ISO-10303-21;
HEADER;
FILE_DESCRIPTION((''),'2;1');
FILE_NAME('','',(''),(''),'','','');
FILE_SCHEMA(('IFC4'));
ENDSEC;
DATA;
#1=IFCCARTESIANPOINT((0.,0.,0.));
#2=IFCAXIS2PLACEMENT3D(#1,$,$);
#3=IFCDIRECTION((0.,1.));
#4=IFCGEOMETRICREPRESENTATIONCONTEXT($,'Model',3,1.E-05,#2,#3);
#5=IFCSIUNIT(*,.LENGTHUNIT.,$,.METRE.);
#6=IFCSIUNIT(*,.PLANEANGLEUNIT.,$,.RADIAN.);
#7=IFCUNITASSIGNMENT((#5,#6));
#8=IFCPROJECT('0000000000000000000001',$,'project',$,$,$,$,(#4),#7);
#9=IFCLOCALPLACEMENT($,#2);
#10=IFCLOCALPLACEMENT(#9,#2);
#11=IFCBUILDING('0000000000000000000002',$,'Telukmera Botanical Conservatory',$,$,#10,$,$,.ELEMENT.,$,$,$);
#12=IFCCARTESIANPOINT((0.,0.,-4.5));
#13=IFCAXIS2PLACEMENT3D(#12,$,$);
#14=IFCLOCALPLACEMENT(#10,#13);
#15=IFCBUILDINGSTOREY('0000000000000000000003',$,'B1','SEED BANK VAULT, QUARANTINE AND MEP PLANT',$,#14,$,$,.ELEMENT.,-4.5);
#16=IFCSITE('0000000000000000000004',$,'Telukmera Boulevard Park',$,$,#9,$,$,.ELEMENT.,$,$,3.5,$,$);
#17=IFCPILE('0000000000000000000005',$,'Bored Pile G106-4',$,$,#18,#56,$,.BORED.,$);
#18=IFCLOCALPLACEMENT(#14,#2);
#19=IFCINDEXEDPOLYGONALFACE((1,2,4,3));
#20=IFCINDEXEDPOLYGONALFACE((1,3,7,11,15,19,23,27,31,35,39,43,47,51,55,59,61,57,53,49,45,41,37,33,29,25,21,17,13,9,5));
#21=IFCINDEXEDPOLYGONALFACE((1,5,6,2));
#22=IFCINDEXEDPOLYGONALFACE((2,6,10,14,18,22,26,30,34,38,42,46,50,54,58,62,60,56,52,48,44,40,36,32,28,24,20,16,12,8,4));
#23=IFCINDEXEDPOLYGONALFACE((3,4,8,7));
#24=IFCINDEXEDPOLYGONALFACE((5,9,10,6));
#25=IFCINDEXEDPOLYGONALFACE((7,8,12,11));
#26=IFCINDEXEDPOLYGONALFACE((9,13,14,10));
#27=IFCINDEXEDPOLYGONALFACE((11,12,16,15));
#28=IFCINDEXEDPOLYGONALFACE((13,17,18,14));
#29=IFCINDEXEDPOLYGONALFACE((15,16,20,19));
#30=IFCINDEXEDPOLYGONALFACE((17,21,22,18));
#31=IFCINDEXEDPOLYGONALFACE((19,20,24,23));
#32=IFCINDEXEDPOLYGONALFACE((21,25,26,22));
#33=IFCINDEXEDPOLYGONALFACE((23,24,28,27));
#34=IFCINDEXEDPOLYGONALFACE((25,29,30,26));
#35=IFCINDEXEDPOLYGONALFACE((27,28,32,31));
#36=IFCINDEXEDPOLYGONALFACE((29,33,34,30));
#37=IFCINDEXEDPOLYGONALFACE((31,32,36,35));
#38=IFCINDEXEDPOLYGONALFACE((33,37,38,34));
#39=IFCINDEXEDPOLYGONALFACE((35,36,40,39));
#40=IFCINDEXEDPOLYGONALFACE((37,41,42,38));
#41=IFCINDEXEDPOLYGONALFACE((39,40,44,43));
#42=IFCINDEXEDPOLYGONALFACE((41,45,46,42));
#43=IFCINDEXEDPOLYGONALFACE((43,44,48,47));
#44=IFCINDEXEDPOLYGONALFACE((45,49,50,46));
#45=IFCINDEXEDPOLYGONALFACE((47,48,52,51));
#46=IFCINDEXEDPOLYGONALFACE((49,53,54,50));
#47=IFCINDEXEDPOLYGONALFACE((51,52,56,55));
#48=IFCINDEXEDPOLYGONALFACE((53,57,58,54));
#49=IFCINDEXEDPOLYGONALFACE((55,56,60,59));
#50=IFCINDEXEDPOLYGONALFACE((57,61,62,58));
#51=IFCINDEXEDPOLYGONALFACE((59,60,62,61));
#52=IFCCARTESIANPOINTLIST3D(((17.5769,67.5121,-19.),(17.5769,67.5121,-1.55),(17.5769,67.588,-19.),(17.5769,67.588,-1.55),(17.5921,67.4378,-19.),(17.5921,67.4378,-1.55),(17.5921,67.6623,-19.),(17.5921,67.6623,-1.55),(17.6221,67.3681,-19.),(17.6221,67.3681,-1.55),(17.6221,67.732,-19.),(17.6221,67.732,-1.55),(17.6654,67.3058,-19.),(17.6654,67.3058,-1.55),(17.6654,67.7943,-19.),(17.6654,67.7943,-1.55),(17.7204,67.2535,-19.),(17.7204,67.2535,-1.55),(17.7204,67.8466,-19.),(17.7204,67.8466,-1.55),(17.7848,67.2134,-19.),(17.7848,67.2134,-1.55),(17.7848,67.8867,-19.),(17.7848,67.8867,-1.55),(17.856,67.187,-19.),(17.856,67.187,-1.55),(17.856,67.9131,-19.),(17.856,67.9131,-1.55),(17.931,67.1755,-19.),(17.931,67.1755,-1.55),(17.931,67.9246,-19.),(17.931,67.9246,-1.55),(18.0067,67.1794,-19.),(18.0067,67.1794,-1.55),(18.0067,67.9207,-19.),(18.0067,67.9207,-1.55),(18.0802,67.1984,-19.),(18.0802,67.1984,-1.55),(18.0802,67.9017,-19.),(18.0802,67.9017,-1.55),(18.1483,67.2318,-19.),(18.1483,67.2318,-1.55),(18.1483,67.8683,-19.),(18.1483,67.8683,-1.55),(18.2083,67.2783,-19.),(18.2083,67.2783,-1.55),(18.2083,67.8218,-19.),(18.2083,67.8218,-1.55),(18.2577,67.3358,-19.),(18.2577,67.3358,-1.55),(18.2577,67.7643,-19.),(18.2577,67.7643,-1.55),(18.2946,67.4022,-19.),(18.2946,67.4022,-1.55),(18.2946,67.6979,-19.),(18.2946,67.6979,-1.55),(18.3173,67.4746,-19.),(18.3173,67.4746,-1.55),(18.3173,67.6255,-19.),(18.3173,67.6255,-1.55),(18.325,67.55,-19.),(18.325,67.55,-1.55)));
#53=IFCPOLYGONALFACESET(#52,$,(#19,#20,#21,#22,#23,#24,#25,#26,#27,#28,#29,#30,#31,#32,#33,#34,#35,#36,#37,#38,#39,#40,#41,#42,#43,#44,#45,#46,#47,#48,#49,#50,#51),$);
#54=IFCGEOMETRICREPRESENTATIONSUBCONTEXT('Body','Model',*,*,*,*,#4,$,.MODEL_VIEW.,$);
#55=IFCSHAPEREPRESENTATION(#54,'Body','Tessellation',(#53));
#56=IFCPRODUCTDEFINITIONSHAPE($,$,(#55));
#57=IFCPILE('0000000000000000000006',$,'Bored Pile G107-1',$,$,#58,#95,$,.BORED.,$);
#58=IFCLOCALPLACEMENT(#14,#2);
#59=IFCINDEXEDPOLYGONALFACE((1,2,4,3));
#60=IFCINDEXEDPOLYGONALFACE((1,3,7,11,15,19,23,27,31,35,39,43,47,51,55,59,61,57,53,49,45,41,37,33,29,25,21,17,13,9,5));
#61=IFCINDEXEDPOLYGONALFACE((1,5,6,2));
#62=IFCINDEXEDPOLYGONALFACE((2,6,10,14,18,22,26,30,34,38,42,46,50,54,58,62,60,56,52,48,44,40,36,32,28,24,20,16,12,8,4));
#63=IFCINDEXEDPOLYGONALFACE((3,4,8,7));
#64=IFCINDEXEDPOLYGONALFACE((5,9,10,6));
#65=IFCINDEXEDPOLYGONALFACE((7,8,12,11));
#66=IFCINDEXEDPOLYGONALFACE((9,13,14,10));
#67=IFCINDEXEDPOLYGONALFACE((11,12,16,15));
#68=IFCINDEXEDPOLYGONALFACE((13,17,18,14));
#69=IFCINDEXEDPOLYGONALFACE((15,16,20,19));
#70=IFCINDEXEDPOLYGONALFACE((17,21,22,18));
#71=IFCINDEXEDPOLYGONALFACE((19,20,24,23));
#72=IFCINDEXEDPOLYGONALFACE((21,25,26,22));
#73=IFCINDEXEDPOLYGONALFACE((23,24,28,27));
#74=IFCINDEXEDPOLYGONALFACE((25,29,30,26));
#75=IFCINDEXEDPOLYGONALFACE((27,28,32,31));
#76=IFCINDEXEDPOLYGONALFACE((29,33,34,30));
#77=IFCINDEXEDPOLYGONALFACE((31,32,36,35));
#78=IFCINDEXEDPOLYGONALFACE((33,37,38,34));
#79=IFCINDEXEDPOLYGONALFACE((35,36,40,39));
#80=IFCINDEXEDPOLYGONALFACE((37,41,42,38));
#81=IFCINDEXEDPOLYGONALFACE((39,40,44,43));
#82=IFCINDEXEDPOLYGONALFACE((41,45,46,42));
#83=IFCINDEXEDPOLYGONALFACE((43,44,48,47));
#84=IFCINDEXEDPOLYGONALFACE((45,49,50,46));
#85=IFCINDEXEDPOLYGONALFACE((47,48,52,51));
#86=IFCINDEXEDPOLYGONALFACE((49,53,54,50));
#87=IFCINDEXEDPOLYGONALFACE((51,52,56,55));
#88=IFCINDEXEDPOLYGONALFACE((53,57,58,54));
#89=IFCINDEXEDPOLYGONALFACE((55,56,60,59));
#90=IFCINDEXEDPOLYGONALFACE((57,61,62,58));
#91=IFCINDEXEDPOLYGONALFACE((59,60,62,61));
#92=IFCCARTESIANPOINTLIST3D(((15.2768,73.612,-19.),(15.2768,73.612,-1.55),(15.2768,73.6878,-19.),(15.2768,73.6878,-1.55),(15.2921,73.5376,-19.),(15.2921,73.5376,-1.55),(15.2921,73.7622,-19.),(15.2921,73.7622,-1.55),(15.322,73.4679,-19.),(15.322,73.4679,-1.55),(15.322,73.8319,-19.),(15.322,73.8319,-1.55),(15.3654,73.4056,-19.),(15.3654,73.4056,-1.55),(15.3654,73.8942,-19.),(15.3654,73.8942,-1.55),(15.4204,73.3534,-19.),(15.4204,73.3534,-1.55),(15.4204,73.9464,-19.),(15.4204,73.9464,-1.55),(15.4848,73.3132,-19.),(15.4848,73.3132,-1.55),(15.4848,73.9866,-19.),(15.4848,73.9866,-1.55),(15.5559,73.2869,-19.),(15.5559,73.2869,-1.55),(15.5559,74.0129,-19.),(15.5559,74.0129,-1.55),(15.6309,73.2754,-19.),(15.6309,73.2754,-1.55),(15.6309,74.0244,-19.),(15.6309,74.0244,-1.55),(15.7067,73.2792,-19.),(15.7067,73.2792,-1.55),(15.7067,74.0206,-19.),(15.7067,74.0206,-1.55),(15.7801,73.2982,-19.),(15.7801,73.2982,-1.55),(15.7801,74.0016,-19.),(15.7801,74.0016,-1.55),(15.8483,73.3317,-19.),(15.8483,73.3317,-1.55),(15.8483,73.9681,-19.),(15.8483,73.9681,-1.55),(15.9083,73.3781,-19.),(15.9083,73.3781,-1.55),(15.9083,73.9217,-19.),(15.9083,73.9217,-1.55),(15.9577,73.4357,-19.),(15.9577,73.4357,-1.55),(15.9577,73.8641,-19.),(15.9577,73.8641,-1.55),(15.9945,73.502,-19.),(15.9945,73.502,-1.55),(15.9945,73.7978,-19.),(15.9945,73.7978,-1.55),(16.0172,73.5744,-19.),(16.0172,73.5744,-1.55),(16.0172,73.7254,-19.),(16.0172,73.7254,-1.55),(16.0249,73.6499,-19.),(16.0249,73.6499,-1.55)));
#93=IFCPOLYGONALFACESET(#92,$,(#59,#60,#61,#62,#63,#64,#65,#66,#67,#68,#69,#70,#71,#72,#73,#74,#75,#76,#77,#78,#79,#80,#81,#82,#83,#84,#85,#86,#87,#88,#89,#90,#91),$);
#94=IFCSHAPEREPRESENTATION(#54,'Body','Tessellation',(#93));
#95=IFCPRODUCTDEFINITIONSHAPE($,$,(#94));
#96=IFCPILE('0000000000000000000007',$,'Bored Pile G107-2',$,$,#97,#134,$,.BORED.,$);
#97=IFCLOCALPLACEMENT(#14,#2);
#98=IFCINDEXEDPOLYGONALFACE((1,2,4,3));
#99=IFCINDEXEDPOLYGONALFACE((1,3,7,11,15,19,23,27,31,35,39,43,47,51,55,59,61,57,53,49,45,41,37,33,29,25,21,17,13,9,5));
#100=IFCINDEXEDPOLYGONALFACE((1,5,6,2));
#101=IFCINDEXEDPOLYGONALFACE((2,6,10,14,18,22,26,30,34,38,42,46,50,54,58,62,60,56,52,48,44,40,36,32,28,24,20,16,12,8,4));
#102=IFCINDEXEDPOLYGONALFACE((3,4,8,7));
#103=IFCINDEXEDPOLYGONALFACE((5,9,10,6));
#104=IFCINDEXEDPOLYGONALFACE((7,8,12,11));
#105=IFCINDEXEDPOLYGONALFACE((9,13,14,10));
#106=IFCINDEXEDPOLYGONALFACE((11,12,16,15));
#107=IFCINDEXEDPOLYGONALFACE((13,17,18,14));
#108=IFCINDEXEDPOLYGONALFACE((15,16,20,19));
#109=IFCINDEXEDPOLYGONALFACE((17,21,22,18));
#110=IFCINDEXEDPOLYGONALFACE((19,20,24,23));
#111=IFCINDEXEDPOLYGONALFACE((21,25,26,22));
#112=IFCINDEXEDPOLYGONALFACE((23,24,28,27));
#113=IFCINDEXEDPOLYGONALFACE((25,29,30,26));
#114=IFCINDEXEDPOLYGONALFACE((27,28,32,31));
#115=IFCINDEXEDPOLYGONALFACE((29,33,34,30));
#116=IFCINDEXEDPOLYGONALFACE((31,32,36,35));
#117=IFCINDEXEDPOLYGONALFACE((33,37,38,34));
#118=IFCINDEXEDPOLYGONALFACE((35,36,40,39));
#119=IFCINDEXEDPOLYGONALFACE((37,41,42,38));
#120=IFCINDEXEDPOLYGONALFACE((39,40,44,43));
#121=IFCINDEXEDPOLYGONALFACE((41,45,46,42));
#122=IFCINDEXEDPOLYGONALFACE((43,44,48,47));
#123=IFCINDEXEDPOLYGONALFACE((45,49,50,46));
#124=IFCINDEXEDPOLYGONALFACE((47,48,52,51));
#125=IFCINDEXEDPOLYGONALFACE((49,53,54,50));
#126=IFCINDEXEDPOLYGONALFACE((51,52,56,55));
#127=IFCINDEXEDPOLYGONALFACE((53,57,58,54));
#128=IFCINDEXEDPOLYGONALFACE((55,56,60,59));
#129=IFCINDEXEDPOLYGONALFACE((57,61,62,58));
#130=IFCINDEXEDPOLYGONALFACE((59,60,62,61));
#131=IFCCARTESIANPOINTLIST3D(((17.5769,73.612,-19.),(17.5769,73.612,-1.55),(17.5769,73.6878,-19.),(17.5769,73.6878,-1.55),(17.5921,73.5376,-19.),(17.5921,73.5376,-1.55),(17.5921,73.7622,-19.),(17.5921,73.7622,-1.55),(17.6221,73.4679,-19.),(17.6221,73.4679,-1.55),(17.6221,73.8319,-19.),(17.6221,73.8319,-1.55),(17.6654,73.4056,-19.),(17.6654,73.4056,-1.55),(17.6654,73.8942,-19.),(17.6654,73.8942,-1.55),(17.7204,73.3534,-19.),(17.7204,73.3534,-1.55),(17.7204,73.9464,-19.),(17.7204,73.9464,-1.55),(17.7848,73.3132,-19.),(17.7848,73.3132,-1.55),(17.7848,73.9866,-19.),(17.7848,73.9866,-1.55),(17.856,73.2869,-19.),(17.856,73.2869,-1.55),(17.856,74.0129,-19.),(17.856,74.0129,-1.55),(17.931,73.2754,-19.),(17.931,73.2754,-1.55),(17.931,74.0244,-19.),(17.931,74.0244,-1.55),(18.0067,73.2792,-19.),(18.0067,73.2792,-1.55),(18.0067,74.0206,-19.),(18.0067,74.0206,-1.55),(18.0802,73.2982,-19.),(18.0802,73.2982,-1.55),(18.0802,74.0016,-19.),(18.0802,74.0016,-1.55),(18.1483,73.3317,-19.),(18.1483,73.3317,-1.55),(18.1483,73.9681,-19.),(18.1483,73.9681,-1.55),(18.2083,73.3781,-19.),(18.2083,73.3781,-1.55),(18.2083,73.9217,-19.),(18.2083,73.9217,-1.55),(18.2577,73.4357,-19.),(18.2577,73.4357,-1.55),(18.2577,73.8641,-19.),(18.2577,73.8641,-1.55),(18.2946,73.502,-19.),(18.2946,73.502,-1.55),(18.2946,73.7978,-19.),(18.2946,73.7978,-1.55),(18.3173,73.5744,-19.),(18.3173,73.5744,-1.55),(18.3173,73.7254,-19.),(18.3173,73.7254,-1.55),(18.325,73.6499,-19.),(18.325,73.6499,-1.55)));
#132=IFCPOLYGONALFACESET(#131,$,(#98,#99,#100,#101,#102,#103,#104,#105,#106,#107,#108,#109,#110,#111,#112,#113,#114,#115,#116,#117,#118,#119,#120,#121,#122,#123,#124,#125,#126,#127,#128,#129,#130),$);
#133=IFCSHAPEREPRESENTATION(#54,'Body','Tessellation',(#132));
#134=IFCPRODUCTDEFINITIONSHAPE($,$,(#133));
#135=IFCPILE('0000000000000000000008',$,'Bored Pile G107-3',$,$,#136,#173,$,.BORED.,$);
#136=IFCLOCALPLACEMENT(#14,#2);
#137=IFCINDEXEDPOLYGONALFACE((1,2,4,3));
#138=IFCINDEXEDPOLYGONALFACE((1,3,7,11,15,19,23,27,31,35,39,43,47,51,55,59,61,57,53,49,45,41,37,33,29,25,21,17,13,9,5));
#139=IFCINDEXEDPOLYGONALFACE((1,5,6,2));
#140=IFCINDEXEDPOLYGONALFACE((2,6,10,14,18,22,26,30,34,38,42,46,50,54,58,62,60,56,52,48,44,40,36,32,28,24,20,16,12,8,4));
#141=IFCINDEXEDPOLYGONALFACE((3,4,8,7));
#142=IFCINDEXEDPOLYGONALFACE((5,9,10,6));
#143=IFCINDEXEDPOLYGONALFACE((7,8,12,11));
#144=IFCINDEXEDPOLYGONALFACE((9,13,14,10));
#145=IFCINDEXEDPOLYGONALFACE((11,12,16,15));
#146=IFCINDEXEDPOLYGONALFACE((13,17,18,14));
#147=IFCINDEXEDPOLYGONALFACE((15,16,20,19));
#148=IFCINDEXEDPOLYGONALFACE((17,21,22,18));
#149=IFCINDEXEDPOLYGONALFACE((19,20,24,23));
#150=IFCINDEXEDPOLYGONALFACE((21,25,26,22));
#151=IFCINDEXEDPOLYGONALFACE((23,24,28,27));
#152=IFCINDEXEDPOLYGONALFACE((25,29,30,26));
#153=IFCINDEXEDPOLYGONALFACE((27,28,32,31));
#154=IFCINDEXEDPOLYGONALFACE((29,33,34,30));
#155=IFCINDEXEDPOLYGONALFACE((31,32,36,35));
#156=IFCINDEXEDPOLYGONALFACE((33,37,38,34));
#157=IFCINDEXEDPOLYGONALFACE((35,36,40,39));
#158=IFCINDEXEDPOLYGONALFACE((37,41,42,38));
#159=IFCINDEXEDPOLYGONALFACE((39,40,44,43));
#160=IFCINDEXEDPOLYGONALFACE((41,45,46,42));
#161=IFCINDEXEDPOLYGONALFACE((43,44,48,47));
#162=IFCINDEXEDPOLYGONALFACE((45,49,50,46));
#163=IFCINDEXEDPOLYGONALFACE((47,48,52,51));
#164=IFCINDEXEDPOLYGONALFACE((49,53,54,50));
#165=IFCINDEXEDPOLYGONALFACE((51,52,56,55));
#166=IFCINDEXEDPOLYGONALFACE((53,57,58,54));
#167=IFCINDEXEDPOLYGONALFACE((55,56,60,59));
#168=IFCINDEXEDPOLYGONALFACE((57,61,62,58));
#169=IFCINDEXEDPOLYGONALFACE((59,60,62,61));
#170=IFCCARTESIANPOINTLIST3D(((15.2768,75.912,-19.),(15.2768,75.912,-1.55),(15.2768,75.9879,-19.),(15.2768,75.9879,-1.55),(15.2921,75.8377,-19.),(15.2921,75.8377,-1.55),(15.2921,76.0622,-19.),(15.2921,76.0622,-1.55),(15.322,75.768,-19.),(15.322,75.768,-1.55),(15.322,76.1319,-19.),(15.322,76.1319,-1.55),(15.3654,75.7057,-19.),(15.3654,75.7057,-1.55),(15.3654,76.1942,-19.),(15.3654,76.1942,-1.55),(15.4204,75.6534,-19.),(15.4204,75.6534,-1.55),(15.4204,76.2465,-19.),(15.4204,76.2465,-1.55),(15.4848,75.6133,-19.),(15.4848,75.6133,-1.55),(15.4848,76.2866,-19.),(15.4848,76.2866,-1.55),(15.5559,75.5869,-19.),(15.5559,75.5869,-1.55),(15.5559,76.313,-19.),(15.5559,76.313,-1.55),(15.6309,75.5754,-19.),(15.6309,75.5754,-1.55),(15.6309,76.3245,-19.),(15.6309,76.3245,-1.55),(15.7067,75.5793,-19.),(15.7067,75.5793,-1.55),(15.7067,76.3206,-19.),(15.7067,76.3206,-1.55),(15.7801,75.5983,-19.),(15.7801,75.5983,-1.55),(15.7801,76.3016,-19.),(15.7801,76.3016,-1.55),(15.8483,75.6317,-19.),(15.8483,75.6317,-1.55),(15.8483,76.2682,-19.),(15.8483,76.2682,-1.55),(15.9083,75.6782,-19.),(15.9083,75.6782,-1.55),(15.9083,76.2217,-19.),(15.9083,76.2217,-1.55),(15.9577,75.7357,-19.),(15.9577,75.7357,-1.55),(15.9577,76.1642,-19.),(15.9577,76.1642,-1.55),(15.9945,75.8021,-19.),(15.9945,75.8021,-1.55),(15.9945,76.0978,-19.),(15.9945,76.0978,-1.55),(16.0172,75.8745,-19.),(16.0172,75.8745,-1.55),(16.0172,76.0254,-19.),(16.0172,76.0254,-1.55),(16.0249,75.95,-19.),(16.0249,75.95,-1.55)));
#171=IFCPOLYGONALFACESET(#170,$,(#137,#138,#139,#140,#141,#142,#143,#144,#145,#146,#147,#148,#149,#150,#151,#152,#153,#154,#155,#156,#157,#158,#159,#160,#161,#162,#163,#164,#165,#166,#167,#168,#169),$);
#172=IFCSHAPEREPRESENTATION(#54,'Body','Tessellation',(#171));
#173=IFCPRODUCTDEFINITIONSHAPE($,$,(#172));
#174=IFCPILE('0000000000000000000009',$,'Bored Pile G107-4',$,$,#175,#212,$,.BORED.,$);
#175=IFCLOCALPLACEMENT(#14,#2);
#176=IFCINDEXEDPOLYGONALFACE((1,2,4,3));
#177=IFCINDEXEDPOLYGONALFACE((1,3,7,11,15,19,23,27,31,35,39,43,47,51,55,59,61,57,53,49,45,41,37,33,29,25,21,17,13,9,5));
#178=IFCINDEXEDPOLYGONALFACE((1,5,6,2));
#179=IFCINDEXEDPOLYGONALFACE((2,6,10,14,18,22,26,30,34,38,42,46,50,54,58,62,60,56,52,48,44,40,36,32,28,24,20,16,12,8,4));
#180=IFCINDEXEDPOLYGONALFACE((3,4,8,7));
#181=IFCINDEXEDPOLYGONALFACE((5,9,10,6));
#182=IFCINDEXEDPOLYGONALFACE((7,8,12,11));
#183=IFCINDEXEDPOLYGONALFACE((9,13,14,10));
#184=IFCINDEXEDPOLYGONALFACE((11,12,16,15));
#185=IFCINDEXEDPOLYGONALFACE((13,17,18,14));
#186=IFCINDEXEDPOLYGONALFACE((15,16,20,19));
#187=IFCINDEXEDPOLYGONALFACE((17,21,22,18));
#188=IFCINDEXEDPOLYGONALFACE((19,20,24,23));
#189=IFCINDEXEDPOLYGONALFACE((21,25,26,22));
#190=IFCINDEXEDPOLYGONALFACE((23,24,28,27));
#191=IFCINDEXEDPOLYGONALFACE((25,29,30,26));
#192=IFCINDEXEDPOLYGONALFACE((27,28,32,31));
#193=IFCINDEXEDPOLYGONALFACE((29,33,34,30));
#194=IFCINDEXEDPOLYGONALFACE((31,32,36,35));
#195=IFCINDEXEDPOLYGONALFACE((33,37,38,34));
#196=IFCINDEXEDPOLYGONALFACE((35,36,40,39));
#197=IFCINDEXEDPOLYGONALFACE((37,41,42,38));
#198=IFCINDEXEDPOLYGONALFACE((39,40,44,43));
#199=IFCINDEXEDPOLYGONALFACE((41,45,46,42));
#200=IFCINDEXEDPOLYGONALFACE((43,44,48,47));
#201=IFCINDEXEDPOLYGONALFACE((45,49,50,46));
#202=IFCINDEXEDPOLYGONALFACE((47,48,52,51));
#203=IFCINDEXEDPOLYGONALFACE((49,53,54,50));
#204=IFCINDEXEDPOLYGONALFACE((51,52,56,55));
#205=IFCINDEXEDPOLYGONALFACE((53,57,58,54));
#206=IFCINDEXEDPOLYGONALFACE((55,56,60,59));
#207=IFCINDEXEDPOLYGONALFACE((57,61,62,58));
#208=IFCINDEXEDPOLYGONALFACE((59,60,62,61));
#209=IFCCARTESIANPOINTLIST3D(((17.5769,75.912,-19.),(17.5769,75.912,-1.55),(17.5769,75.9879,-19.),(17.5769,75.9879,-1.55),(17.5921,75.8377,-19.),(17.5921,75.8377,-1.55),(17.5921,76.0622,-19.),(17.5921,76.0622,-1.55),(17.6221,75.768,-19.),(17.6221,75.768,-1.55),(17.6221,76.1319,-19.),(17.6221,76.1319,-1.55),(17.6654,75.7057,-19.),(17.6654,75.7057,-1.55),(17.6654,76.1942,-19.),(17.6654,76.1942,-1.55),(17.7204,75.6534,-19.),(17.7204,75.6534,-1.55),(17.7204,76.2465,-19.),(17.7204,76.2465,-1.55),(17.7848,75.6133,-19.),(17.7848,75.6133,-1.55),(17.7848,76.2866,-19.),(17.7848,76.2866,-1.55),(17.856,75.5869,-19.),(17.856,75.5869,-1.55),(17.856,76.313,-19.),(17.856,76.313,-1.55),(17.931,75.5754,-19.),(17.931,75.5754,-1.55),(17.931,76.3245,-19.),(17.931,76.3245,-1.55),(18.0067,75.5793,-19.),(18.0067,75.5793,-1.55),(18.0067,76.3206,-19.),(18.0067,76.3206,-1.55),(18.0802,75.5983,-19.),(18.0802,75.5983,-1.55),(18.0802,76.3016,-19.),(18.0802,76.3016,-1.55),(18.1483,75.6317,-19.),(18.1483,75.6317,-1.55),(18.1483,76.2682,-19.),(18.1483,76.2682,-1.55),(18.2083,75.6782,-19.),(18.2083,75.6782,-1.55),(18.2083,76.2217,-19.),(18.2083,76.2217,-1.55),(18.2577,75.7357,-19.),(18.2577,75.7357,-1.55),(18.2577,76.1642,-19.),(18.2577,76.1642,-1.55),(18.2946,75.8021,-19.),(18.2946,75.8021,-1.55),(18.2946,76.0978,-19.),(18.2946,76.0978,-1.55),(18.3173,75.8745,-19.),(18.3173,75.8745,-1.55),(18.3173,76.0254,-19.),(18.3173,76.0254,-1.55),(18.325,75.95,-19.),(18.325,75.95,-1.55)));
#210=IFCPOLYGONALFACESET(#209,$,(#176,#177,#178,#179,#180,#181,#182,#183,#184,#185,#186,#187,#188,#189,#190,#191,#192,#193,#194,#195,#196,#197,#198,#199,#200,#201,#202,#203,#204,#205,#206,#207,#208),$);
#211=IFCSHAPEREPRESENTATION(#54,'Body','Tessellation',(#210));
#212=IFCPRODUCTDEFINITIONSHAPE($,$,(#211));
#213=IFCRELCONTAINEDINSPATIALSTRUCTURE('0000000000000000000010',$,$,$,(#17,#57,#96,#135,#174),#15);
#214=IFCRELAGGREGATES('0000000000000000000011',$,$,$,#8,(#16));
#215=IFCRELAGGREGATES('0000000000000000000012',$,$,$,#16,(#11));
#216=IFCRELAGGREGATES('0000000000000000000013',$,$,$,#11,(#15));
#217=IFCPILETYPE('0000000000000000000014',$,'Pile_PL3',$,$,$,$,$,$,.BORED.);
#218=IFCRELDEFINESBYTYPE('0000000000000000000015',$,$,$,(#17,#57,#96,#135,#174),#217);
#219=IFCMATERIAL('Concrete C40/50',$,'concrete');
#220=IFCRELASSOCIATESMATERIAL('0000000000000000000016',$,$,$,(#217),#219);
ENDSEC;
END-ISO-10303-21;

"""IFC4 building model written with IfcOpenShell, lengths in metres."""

from ifc_helpers import new_model, si_unit, direction, frame, origin, origin_2d, place, context, subcontext, project, spatial, circle, extrude, material, material_profile, profile_set, type_object, element, save


model = new_model("IFC4")

# Units and contexts
model_context = context("Model", 3, precision=1e-05, world=origin(), true_north=direction((0.0, 1.0)))
body_context = subcontext(model_context, "Body", "Model", "MODEL_VIEW")
ifc_project = project(units=[si_unit("LENGTHUNIT", "METRE"), si_unit("PLANEANGLEUNIT", "RADIAN")], contexts=[model_context])

# Site, building, storey
site_placement = place(None, origin())
site = spatial("IfcSite", under=ifc_project, at=site_placement, Name="Telukmera Boulevard Park", CompositionType="ELEMENT", RefElevation=3.5)
building_placement = place(site_placement, origin())
building = spatial("IfcBuilding", under=site, at=building_placement, Name="Telukmera Botanical Conservatory", CompositionType="ELEMENT")
storey_placement = place(building_placement, frame((0.0, 0.0, -4.5)))
storey = spatial("IfcBuildingStorey", under=building, at=storey_placement, Name="B1", Description="SEED BANK VAULT, QUARANTINE AND MEP PLANT", CompositionType="ELEMENT", Elevation=-4.5)

# Shared definitions
ifc_material_1 = material(Name="Concrete C40/50", Category="concrete")

# Piles
ifc_material_profile_1 = material_profile(ifc_material_1, circle(Radius=0.375, at=origin_2d()), Name="PILE D750")
ifc_profile_set_1 = profile_set([ifc_material_profile_1], Name="Concrete C40/50")
pile_type = type_object("IfcPileType", Name="Pile_PL3", PredefinedType="BORED", material=ifc_profile_set_1)
for number, where, z_axis, x_axis, name in (
    (1, (17.95, 67.55, -1.55), (0.0, 0.0, -1.0), (1.0, 0.0, 0.0), "Bored Pile G106-4"),
    (2, (15.6499, 73.6499, -1.55), (0.0, 0.0, -1.0), (1.0, 0.0, 0.0), "Bored Pile G107-1"),
    (3, (17.95, 73.6499, -1.55), (0.0, 0.0, -1.0), (1.0, 0.0, 0.0), "Bored Pile G107-2"),
    (4, (15.6499, 75.95, -1.55), (0.0, 0.0, -1.0), (1.0, 0.0, 0.0), "Bored Pile G107-3"),
    (5, (17.95, 75.95, -1.55), (0.0, 0.0, -1.0), (1.0, 0.0, 0.0), "Bored Pile G107-4"),
):
    element("IfcPile", number, at=place(storey_placement, frame(where, z_axis=z_axis, x_axis=x_axis)), inside=storey, type_object=pile_type, Name=name, PredefinedType="BORED", context=body_context, shape_type="SweptSolid", body=[
        extrude(circle(Radius=0.375, at=origin_2d()), origin(), (0.0, 0.0, 1.0), 17.45),
    ])

save(model, "model.ifc")
